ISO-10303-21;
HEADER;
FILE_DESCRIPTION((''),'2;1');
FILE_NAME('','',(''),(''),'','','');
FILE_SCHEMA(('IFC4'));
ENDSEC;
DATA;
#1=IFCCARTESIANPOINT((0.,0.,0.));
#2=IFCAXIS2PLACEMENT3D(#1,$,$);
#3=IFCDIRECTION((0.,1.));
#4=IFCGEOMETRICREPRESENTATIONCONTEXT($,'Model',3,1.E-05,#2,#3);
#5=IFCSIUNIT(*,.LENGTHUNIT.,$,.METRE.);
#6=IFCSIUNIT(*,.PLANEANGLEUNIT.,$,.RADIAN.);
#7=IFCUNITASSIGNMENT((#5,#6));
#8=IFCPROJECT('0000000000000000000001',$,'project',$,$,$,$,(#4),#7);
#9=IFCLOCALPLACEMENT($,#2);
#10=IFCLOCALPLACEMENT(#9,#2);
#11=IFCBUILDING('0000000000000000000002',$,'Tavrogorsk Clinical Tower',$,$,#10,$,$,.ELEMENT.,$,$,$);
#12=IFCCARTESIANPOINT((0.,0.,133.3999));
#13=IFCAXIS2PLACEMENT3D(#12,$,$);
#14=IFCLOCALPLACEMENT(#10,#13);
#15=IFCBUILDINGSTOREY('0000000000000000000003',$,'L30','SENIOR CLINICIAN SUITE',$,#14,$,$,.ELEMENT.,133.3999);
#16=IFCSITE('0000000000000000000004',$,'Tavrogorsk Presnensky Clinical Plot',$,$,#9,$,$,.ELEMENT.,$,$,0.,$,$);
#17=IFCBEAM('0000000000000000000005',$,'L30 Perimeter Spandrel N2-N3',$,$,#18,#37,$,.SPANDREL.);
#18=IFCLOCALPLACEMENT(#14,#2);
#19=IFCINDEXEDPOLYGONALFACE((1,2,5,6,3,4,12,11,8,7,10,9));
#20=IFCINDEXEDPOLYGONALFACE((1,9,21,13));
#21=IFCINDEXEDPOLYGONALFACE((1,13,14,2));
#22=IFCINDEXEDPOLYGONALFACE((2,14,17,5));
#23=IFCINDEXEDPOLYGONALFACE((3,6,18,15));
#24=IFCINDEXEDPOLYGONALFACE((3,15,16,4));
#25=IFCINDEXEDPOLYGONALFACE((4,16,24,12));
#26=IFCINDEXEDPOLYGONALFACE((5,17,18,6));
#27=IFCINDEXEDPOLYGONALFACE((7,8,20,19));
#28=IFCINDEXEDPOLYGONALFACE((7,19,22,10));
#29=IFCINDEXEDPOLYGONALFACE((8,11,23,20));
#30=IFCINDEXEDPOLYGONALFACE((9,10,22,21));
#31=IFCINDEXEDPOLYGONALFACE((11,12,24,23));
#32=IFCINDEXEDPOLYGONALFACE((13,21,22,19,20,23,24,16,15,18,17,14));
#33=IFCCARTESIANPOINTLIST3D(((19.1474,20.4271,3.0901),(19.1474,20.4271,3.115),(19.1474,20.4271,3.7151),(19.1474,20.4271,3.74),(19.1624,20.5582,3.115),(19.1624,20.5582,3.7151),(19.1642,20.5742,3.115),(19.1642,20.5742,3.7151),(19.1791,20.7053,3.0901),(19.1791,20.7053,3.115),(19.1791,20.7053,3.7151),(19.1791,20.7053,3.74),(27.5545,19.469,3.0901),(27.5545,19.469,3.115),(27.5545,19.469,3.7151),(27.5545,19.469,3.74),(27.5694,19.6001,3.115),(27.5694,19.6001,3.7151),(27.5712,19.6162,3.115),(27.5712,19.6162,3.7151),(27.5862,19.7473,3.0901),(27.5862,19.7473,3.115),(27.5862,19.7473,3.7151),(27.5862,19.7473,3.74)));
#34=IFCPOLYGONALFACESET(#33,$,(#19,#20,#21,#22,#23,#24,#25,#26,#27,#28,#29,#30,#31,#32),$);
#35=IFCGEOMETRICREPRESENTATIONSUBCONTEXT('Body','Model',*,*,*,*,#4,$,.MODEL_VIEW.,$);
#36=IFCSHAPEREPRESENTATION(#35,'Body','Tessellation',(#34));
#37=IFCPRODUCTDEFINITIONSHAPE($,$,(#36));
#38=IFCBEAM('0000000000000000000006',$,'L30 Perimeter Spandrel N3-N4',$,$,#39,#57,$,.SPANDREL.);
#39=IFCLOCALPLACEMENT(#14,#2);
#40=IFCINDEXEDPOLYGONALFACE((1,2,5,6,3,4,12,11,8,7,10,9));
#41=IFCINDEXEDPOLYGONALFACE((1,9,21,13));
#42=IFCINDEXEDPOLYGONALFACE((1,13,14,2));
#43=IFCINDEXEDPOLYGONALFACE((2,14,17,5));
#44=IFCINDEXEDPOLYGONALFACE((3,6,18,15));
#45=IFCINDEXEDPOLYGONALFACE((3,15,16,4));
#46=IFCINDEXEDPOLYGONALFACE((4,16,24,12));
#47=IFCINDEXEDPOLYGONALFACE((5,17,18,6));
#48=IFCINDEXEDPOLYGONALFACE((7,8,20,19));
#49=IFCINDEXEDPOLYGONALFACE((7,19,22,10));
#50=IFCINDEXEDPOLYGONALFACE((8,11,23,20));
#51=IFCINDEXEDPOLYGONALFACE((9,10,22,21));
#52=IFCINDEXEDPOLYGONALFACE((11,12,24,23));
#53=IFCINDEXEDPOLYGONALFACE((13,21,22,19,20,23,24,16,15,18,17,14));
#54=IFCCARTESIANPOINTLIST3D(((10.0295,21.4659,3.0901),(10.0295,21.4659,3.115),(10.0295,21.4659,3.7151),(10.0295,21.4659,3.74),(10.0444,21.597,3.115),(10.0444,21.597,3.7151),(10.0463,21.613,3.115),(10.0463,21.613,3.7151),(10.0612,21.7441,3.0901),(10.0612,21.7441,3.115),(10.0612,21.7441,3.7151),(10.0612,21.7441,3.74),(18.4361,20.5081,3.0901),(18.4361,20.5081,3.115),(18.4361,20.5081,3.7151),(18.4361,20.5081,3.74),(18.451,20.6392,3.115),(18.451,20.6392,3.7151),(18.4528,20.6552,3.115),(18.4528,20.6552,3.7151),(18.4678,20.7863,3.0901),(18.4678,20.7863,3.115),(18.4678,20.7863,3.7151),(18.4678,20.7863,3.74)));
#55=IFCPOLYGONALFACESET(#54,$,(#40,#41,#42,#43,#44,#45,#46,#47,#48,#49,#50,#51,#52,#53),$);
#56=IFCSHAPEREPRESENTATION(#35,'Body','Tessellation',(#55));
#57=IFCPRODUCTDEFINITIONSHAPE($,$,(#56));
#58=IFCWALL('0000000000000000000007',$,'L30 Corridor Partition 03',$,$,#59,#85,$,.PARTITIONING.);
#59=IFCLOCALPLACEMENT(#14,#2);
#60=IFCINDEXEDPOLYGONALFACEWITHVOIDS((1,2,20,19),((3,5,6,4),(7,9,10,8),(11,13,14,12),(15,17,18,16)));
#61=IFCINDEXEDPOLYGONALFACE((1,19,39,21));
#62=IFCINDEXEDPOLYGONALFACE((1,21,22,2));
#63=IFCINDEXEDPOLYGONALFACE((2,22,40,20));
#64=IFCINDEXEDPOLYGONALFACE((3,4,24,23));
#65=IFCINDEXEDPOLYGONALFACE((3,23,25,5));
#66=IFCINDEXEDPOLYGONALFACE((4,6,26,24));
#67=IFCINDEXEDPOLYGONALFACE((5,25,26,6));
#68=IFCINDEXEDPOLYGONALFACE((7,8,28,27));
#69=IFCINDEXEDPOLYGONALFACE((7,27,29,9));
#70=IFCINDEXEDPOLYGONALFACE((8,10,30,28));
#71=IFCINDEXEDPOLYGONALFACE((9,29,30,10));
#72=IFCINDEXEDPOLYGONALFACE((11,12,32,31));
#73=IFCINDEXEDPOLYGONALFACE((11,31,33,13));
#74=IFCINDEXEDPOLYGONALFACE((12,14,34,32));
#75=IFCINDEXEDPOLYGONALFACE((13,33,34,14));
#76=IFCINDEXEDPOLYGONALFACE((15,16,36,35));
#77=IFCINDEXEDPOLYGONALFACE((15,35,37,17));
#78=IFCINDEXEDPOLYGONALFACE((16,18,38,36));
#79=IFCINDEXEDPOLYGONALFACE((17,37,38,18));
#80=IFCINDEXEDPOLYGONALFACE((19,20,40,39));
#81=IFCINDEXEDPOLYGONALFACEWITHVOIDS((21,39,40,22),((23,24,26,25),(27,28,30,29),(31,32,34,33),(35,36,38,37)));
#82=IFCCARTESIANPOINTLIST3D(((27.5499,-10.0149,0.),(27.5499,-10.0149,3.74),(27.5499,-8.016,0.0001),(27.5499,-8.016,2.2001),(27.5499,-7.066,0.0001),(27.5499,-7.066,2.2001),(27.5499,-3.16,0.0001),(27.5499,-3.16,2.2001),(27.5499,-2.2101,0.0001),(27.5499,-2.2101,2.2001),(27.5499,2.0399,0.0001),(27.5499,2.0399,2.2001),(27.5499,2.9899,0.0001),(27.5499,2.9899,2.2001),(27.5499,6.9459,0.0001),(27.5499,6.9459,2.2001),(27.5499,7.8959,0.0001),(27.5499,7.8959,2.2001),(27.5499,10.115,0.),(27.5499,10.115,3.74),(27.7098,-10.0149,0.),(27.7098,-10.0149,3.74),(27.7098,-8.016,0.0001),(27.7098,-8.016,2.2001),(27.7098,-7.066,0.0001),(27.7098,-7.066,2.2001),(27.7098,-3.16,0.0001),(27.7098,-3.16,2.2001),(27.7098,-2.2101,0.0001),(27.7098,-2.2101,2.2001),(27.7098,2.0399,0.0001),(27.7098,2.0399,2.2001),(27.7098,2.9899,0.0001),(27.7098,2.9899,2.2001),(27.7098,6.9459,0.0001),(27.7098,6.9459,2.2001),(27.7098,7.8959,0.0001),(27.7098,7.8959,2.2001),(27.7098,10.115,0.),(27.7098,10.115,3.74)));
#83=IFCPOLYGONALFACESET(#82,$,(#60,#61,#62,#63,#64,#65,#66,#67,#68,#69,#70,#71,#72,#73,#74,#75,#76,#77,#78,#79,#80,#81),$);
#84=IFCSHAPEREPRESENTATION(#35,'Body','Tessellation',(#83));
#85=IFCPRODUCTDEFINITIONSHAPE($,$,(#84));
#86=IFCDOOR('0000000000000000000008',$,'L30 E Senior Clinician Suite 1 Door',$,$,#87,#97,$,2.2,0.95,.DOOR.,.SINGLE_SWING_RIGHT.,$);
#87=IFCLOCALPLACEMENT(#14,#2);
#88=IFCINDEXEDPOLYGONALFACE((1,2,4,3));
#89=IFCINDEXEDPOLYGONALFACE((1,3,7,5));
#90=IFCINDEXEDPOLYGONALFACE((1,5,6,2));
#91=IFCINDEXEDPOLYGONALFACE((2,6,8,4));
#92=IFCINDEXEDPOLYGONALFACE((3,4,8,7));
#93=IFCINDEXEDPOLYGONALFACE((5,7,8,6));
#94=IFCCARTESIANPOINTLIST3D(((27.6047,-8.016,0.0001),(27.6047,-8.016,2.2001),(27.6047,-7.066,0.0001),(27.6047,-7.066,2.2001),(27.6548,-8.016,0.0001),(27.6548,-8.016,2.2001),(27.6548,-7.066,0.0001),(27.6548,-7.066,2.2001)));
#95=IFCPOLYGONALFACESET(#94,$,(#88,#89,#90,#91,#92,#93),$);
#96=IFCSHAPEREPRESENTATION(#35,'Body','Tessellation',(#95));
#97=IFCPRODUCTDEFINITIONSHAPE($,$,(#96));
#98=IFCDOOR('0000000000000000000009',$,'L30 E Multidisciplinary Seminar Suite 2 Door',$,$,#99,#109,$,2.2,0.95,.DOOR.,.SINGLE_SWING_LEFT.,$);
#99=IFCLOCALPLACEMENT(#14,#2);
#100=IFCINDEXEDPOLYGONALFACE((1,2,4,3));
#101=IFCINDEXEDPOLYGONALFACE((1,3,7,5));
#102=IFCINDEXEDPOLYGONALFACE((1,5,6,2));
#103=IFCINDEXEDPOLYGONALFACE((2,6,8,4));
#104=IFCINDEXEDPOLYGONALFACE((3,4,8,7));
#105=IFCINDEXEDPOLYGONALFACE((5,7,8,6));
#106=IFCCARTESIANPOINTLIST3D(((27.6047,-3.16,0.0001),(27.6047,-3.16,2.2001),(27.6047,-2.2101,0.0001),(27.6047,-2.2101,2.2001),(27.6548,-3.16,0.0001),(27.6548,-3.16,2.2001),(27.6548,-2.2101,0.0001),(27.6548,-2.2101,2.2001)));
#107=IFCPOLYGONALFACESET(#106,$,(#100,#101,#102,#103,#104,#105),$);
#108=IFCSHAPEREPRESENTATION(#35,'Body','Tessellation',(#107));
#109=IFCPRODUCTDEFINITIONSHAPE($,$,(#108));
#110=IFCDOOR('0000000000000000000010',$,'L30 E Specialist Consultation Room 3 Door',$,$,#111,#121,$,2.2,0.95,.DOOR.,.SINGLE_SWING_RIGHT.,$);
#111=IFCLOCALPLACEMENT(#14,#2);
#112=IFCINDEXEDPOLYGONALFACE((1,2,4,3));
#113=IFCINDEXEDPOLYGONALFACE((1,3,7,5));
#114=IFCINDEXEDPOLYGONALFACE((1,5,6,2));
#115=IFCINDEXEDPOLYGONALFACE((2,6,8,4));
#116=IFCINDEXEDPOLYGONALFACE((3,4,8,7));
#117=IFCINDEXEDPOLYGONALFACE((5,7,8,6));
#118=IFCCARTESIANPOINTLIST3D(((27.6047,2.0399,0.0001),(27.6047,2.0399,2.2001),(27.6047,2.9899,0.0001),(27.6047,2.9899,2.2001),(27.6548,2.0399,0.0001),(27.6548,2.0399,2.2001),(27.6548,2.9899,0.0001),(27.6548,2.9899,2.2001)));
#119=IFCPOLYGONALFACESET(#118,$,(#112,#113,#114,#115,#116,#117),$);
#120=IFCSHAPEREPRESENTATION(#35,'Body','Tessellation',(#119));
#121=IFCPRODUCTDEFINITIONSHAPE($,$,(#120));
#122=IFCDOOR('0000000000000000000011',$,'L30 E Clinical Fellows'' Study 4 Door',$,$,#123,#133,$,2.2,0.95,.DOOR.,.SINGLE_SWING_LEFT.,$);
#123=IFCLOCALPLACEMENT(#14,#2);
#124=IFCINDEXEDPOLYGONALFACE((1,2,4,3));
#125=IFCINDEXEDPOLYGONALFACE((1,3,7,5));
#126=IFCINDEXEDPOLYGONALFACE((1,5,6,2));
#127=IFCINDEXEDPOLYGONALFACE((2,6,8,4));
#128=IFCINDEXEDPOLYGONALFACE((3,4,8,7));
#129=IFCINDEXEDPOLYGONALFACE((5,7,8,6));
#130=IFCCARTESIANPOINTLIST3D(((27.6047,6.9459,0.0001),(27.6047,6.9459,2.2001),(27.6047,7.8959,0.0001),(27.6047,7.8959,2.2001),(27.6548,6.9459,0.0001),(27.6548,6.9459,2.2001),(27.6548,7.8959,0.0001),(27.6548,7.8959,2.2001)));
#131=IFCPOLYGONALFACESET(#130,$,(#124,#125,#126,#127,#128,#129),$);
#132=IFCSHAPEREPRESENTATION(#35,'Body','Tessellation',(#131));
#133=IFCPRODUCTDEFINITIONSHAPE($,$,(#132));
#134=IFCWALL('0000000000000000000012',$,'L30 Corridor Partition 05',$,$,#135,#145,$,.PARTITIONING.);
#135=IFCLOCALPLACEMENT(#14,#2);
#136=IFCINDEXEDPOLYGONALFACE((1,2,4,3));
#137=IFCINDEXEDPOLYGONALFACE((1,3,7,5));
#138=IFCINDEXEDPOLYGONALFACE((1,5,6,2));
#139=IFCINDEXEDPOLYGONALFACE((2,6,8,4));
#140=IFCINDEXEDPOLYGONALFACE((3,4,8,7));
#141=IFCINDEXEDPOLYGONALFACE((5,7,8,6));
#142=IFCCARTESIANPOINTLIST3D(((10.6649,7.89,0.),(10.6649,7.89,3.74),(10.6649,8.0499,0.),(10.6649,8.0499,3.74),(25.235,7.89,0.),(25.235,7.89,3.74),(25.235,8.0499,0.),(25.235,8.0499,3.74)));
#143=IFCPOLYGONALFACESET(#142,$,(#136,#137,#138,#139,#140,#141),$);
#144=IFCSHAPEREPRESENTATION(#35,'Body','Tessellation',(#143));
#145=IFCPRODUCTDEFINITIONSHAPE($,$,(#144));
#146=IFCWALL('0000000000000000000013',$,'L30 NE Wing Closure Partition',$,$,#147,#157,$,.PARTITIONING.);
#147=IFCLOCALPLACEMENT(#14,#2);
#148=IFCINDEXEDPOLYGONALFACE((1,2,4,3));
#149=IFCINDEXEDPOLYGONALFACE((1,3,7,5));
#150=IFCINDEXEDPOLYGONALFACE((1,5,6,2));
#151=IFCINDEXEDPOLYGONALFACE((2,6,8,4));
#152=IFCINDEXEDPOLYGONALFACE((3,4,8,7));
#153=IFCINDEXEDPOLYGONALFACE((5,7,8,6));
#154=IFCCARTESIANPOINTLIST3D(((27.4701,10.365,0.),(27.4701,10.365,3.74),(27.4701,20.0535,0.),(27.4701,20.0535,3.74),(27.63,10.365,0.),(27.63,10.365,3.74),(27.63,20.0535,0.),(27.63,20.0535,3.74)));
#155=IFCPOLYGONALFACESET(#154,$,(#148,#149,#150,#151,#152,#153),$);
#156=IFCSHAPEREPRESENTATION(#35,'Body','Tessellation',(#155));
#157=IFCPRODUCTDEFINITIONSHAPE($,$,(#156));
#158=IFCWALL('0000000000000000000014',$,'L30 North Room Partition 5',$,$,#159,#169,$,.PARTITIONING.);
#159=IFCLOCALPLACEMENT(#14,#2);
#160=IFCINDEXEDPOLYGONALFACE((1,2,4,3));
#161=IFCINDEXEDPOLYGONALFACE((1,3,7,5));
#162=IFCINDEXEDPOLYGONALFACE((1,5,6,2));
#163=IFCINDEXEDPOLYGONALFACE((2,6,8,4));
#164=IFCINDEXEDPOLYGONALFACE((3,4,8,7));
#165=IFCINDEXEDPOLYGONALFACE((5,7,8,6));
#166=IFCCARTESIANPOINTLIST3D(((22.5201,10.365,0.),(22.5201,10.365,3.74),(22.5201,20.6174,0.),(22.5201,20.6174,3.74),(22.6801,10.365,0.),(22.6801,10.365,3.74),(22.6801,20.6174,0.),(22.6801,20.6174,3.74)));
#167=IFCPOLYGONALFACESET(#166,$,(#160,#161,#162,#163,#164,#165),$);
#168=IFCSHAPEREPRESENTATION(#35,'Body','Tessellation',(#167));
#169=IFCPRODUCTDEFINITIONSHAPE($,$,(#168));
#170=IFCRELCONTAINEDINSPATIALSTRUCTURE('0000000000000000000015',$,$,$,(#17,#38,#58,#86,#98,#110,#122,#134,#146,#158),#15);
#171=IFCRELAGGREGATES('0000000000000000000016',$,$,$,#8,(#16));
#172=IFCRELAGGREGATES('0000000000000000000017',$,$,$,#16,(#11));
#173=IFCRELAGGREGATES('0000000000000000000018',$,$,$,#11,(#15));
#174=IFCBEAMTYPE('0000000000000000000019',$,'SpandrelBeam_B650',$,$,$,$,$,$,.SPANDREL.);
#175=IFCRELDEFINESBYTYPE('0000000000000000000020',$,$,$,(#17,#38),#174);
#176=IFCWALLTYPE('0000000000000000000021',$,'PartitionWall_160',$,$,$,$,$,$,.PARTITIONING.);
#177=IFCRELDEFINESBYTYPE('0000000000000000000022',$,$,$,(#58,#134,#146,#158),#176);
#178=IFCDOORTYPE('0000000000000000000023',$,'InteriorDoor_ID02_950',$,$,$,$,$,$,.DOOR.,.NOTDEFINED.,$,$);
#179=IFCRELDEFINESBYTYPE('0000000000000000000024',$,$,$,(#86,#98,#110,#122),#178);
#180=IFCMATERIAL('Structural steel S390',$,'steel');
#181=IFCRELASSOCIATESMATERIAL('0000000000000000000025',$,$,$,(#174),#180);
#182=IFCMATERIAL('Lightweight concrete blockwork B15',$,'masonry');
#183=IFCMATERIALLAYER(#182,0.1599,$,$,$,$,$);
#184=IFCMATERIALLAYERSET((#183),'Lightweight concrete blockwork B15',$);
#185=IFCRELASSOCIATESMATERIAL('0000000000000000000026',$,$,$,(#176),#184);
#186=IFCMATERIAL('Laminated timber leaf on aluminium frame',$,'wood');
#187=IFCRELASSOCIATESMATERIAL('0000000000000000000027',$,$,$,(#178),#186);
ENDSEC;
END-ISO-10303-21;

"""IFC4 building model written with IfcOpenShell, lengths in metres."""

from ifc_helpers import new_model, si_unit, direction, frame, frame_2d, origin, origin_2d, place, context, subcontext, project, spatial, rectangle, i_section, extrude, material, layer, layer_set, material_profile, profile_set, type_object, element, fill, save


model = new_model("IFC4")

# Units and contexts
model_context = context("Model", 3, precision=1e-05, world=origin(), true_north=direction((0.0, 1.0)))
body_context = subcontext(model_context, "Body", "Model", "MODEL_VIEW")
ifc_project = project(units=[si_unit("LENGTHUNIT", "METRE"), si_unit("PLANEANGLEUNIT", "RADIAN")], contexts=[model_context])

# Site, building, storey
site_placement = place(None, origin())
site = spatial("IfcSite", under=ifc_project, at=site_placement, Name="Tavrogorsk Presnensky Clinical Plot", CompositionType="ELEMENT", RefElevation=0.0)
building_placement = place(site_placement, origin())
building = spatial("IfcBuilding", under=site, at=building_placement, Name="Tavrogorsk Clinical Tower", CompositionType="ELEMENT")
storey_placement = place(building_placement, frame((0.0, 0.0, 133.3999)))
storey = spatial("IfcBuildingStorey", under=building, at=storey_placement, Name="L30", Description="SENIOR CLINICIAN SUITE", CompositionType="ELEMENT", Elevation=133.3999)

# Beams
ifc_material_1 = material(Name="Structural steel S390", Category="steel")
ifc_material_profile_1 = material_profile(ifc_material_1, i_section(OverallWidth=0.28, OverallDepth=0.6499, WebThickness=0.0161, FlangeThickness=0.0249, at=origin_2d()), Name="B-650x280x16x25")
ifc_profile_set_1 = profile_set([ifc_material_profile_1], Name="Structural steel S390")
beam_type_1 = type_object("IfcBeamType", Name="SpandrelBeam_B650", PredefinedType="SPANDREL", material=ifc_profile_set_1)
beam_1_placement = place(storey_placement, frame((27.5703, 19.6082, 3.415), z_axis=(-0.99357, 0.113221, 0.0), x_axis=(-0.113221, -0.99357, 0.0)))
element("IfcBeam", 1, at=beam_1_placement, inside=storey, type_object=beam_type_1, Name="L30 Perimeter Spandrel N2-N3", PredefinedType="SPANDREL", context=body_context, shape_type="SweptSolid", body=[
    extrude(i_section(OverallWidth=0.28, OverallDepth=0.6499, WebThickness=0.0161, FlangeThickness=0.0249, at=origin_2d()), origin(), (0.0, 0.0, 1.0), 8.4614),
])
beam_2_placement = place(storey_placement, frame((18.4519, 20.6472, 3.415), z_axis=(-0.993572, 0.113199, 0.0), x_axis=(-0.113199, -0.993572, 0.0)))
element("IfcBeam", 2, at=beam_2_placement, inside=storey, type_object=beam_type_1, Name="L30 Perimeter Spandrel N3-N4", PredefinedType="SPANDREL", context=body_context, shape_type="SweptSolid", body=[
    extrude(i_section(OverallWidth=0.28, OverallDepth=0.6499, WebThickness=0.0161, FlangeThickness=0.0249, at=origin_2d()), origin(), (0.0, 0.0, 1.0), 8.4609),
])

# Wall, openings, doors
ifc_material_2 = material(Name="Lightweight concrete blockwork B15", Category="masonry")
ifc_layer_1 = layer(ifc_material_2, 0.1599)
ifc_layer_set_1 = layer_set([ifc_layer_1], Name="Lightweight concrete blockwork B15")
wall_type_1 = type_object("IfcWallType", Name="PartitionWall_160", PredefinedType="PARTITIONING", material=ifc_layer_set_1)
wall_1_placement = place(storey_placement, frame((27.6299, 10.115, 0.0), z_axis=(0.0, 0.0, 1.0), x_axis=(0.0, -1.0, 0.0)))
wall_1 = element("IfcWall", 3, at=wall_1_placement, inside=storey, type_object=wall_type_1, Name="L30 Corridor Partition 03", PredefinedType="PARTITIONING", context=body_context, shape_type="SweptSolid", body=[
    extrude(rectangle(XDim=20.1299, YDim=0.1599, at=frame_2d((10.0649, 0.0))), origin(), (0.0, 0.0, 1.0), 3.74),
])
opening_1_placement = place(wall_1_placement, frame((17.1809, 0.0, 0.0)))
opening_1 = element("IfcOpeningElement", 4, at=opening_1_placement, cuts=wall_1, PredefinedType="OPENING", context=body_context, shape_type="SweptSolid", body=[
    extrude(rectangle(XDim=0.95, YDim=2.2, at=frame_2d((0.4751, 1.1001))), frame((0.0, 0.0898, 0.0), z_axis=(0.0, -1.0, 0.0), x_axis=(1.0, 0.0, 0.0)), (0.0, 0.0, 1.0), 0.1799),
])
opening_2_placement = place(wall_1_placement, frame((12.325, 0.0, 0.0)))
opening_2 = element("IfcOpeningElement", 5, at=opening_2_placement, cuts=wall_1, PredefinedType="OPENING", context=body_context, shape_type="SweptSolid", body=[
    extrude(rectangle(XDim=0.95, YDim=2.2, at=frame_2d((0.4751, 1.1001))), frame((0.0, 0.0898, 0.0), z_axis=(0.0, -1.0, 0.0), x_axis=(1.0, 0.0, 0.0)), (0.0, 0.0, 1.0), 0.1799),
])
opening_3_placement = place(wall_1_placement, frame((7.125, 0.0, 0.0)))
opening_3 = element("IfcOpeningElement", 6, at=opening_3_placement, cuts=wall_1, PredefinedType="OPENING", context=body_context, shape_type="SweptSolid", body=[
    extrude(rectangle(XDim=0.95, YDim=2.2, at=frame_2d((0.4751, 1.1001))), frame((0.0, 0.0898, 0.0), z_axis=(0.0, -1.0, 0.0), x_axis=(1.0, 0.0, 0.0)), (0.0, 0.0, 1.0), 0.1799),
])
opening_4_placement = place(wall_1_placement, frame((2.219, 0.0, 0.0)))
opening_4 = element("IfcOpeningElement", 7, at=opening_4_placement, cuts=wall_1, PredefinedType="OPENING", context=body_context, shape_type="SweptSolid", body=[
    extrude(rectangle(XDim=0.95, YDim=2.2, at=frame_2d((0.4751, 1.1001))), frame((0.0, 0.0898, 0.0), z_axis=(0.0, -1.0, 0.0), x_axis=(1.0, 0.0, 0.0)), (0.0, 0.0, 1.0), 0.1799),
])
ifc_material_3 = material(Name="Laminated timber leaf on aluminium frame", Category="wood")
door_type = type_object("IfcDoorType", Name="InteriorDoor_ID02_950", OperationType="NOTDEFINED", PredefinedType="DOOR", material=ifc_material_3)
door_1_placement = place(opening_1_placement, origin())
door_1 = element("IfcDoor", 8, at=door_1_placement, inside=storey, type_object=door_type, Name="L30 E Senior Clinician Suite 1 Door", OperationType="SINGLE_SWING_RIGHT", OverallHeight=2.2, OverallWidth=0.95, PredefinedType="DOOR", context=body_context, shape_type="SweptSolid", body=[
    extrude(rectangle(XDim=0.95, YDim=2.2, at=frame_2d((0.4751, 1.1001))), frame((0.0, 0.0249, 0.0), z_axis=(0.0, -1.0, 0.0), x_axis=(1.0, 0.0, 0.0)), (0.0, 0.0, 1.0), 0.05),
])
fill(opening_1, door_1)
door_2_placement = place(opening_2_placement, origin())
door_2 = element("IfcDoor", 9, at=door_2_placement, inside=storey, type_object=door_type, Name="L30 E Multidisciplinary Seminar Suite 2 Door", OperationType="SINGLE_SWING_LEFT", OverallHeight=2.2, OverallWidth=0.95, PredefinedType="DOOR", context=body_context, shape_type="SweptSolid", body=[
    extrude(rectangle(XDim=0.95, YDim=2.2, at=frame_2d((0.4751, 1.1001))), frame((0.0, 0.0249, 0.0), z_axis=(0.0, -1.0, 0.0), x_axis=(1.0, 0.0, 0.0)), (0.0, 0.0, 1.0), 0.05),
])
fill(opening_2, door_2)
door_3_placement = place(opening_3_placement, origin())
door_3 = element("IfcDoor", 10, at=door_3_placement, inside=storey, type_object=door_type, Name="L30 E Specialist Consultation Room 3 Door", OperationType="SINGLE_SWING_RIGHT", OverallHeight=2.2, OverallWidth=0.95, PredefinedType="DOOR", context=body_context, shape_type="SweptSolid", body=[
    extrude(rectangle(XDim=0.95, YDim=2.2, at=frame_2d((0.4751, 1.1001))), frame((0.0, 0.0249, 0.0), z_axis=(0.0, -1.0, 0.0), x_axis=(1.0, 0.0, 0.0)), (0.0, 0.0, 1.0), 0.05),
])
fill(opening_3, door_3)
door_4_placement = place(opening_4_placement, origin())
door_4 = element("IfcDoor", 11, at=door_4_placement, inside=storey, type_object=door_type, Name="L30 E Clinical Fellows' Study 4 Door", OperationType="SINGLE_SWING_LEFT", OverallHeight=2.2, OverallWidth=0.95, PredefinedType="DOOR", context=body_context, shape_type="SweptSolid", body=[
    extrude(rectangle(XDim=0.95, YDim=2.2, at=frame_2d((0.4751, 1.1001))), frame((0.0, 0.0249, 0.0), z_axis=(0.0, -1.0, 0.0), x_axis=(1.0, 0.0, 0.0)), (0.0, 0.0, 1.0), 0.05),
])
fill(opening_4, door_4)

# Walls
wall_2_placement = place(storey_placement, frame((25.2351, 7.97, 0.0), z_axis=(0.0, 0.0, 1.0), x_axis=(-1.0, 0.0, 0.0)))
element("IfcWall", 12, at=wall_2_placement, inside=storey, type_object=wall_type_1, Name="L30 Corridor Partition 05", PredefinedType="PARTITIONING", context=body_context, shape_type="SweptSolid", body=[
    extrude(rectangle(XDim=14.5701, YDim=0.1599, at=frame_2d((7.2852, 0.0))), origin(), (0.0, 0.0, 1.0), 3.74),
])
wall_3_placement = place(storey_placement, frame((27.55, 10.365, 0.0), z_axis=(0.0, 0.0, 1.0), x_axis=(0.0, 1.0, 0.0)))
element("IfcWall", 13, at=wall_3_placement, inside=storey, type_object=wall_type_1, Name="L30 NE Wing Closure Partition", PredefinedType="PARTITIONING", context=body_context, shape_type="SweptSolid", body=[
    extrude(rectangle(XDim=9.6885, YDim=0.1599, at=frame_2d((4.8442, 0.0))), origin(), (0.0, 0.0, 1.0), 3.74),
])
wall_4_placement = place(storey_placement, frame((22.6001, 10.365, 0.0), z_axis=(0.0, 0.0, 1.0), x_axis=(0.0, 1.0, 0.0)))
element("IfcWall", 14, at=wall_4_placement, inside=storey, type_object=wall_type_1, Name="L30 North Room Partition 5", PredefinedType="PARTITIONING", context=body_context, shape_type="SweptSolid", body=[
    extrude(rectangle(XDim=10.2524, YDim=0.1599, at=frame_2d((5.1262, 0.0))), origin(), (0.0, 0.0, 1.0), 3.74),
])

save(model, "model.ifc")
